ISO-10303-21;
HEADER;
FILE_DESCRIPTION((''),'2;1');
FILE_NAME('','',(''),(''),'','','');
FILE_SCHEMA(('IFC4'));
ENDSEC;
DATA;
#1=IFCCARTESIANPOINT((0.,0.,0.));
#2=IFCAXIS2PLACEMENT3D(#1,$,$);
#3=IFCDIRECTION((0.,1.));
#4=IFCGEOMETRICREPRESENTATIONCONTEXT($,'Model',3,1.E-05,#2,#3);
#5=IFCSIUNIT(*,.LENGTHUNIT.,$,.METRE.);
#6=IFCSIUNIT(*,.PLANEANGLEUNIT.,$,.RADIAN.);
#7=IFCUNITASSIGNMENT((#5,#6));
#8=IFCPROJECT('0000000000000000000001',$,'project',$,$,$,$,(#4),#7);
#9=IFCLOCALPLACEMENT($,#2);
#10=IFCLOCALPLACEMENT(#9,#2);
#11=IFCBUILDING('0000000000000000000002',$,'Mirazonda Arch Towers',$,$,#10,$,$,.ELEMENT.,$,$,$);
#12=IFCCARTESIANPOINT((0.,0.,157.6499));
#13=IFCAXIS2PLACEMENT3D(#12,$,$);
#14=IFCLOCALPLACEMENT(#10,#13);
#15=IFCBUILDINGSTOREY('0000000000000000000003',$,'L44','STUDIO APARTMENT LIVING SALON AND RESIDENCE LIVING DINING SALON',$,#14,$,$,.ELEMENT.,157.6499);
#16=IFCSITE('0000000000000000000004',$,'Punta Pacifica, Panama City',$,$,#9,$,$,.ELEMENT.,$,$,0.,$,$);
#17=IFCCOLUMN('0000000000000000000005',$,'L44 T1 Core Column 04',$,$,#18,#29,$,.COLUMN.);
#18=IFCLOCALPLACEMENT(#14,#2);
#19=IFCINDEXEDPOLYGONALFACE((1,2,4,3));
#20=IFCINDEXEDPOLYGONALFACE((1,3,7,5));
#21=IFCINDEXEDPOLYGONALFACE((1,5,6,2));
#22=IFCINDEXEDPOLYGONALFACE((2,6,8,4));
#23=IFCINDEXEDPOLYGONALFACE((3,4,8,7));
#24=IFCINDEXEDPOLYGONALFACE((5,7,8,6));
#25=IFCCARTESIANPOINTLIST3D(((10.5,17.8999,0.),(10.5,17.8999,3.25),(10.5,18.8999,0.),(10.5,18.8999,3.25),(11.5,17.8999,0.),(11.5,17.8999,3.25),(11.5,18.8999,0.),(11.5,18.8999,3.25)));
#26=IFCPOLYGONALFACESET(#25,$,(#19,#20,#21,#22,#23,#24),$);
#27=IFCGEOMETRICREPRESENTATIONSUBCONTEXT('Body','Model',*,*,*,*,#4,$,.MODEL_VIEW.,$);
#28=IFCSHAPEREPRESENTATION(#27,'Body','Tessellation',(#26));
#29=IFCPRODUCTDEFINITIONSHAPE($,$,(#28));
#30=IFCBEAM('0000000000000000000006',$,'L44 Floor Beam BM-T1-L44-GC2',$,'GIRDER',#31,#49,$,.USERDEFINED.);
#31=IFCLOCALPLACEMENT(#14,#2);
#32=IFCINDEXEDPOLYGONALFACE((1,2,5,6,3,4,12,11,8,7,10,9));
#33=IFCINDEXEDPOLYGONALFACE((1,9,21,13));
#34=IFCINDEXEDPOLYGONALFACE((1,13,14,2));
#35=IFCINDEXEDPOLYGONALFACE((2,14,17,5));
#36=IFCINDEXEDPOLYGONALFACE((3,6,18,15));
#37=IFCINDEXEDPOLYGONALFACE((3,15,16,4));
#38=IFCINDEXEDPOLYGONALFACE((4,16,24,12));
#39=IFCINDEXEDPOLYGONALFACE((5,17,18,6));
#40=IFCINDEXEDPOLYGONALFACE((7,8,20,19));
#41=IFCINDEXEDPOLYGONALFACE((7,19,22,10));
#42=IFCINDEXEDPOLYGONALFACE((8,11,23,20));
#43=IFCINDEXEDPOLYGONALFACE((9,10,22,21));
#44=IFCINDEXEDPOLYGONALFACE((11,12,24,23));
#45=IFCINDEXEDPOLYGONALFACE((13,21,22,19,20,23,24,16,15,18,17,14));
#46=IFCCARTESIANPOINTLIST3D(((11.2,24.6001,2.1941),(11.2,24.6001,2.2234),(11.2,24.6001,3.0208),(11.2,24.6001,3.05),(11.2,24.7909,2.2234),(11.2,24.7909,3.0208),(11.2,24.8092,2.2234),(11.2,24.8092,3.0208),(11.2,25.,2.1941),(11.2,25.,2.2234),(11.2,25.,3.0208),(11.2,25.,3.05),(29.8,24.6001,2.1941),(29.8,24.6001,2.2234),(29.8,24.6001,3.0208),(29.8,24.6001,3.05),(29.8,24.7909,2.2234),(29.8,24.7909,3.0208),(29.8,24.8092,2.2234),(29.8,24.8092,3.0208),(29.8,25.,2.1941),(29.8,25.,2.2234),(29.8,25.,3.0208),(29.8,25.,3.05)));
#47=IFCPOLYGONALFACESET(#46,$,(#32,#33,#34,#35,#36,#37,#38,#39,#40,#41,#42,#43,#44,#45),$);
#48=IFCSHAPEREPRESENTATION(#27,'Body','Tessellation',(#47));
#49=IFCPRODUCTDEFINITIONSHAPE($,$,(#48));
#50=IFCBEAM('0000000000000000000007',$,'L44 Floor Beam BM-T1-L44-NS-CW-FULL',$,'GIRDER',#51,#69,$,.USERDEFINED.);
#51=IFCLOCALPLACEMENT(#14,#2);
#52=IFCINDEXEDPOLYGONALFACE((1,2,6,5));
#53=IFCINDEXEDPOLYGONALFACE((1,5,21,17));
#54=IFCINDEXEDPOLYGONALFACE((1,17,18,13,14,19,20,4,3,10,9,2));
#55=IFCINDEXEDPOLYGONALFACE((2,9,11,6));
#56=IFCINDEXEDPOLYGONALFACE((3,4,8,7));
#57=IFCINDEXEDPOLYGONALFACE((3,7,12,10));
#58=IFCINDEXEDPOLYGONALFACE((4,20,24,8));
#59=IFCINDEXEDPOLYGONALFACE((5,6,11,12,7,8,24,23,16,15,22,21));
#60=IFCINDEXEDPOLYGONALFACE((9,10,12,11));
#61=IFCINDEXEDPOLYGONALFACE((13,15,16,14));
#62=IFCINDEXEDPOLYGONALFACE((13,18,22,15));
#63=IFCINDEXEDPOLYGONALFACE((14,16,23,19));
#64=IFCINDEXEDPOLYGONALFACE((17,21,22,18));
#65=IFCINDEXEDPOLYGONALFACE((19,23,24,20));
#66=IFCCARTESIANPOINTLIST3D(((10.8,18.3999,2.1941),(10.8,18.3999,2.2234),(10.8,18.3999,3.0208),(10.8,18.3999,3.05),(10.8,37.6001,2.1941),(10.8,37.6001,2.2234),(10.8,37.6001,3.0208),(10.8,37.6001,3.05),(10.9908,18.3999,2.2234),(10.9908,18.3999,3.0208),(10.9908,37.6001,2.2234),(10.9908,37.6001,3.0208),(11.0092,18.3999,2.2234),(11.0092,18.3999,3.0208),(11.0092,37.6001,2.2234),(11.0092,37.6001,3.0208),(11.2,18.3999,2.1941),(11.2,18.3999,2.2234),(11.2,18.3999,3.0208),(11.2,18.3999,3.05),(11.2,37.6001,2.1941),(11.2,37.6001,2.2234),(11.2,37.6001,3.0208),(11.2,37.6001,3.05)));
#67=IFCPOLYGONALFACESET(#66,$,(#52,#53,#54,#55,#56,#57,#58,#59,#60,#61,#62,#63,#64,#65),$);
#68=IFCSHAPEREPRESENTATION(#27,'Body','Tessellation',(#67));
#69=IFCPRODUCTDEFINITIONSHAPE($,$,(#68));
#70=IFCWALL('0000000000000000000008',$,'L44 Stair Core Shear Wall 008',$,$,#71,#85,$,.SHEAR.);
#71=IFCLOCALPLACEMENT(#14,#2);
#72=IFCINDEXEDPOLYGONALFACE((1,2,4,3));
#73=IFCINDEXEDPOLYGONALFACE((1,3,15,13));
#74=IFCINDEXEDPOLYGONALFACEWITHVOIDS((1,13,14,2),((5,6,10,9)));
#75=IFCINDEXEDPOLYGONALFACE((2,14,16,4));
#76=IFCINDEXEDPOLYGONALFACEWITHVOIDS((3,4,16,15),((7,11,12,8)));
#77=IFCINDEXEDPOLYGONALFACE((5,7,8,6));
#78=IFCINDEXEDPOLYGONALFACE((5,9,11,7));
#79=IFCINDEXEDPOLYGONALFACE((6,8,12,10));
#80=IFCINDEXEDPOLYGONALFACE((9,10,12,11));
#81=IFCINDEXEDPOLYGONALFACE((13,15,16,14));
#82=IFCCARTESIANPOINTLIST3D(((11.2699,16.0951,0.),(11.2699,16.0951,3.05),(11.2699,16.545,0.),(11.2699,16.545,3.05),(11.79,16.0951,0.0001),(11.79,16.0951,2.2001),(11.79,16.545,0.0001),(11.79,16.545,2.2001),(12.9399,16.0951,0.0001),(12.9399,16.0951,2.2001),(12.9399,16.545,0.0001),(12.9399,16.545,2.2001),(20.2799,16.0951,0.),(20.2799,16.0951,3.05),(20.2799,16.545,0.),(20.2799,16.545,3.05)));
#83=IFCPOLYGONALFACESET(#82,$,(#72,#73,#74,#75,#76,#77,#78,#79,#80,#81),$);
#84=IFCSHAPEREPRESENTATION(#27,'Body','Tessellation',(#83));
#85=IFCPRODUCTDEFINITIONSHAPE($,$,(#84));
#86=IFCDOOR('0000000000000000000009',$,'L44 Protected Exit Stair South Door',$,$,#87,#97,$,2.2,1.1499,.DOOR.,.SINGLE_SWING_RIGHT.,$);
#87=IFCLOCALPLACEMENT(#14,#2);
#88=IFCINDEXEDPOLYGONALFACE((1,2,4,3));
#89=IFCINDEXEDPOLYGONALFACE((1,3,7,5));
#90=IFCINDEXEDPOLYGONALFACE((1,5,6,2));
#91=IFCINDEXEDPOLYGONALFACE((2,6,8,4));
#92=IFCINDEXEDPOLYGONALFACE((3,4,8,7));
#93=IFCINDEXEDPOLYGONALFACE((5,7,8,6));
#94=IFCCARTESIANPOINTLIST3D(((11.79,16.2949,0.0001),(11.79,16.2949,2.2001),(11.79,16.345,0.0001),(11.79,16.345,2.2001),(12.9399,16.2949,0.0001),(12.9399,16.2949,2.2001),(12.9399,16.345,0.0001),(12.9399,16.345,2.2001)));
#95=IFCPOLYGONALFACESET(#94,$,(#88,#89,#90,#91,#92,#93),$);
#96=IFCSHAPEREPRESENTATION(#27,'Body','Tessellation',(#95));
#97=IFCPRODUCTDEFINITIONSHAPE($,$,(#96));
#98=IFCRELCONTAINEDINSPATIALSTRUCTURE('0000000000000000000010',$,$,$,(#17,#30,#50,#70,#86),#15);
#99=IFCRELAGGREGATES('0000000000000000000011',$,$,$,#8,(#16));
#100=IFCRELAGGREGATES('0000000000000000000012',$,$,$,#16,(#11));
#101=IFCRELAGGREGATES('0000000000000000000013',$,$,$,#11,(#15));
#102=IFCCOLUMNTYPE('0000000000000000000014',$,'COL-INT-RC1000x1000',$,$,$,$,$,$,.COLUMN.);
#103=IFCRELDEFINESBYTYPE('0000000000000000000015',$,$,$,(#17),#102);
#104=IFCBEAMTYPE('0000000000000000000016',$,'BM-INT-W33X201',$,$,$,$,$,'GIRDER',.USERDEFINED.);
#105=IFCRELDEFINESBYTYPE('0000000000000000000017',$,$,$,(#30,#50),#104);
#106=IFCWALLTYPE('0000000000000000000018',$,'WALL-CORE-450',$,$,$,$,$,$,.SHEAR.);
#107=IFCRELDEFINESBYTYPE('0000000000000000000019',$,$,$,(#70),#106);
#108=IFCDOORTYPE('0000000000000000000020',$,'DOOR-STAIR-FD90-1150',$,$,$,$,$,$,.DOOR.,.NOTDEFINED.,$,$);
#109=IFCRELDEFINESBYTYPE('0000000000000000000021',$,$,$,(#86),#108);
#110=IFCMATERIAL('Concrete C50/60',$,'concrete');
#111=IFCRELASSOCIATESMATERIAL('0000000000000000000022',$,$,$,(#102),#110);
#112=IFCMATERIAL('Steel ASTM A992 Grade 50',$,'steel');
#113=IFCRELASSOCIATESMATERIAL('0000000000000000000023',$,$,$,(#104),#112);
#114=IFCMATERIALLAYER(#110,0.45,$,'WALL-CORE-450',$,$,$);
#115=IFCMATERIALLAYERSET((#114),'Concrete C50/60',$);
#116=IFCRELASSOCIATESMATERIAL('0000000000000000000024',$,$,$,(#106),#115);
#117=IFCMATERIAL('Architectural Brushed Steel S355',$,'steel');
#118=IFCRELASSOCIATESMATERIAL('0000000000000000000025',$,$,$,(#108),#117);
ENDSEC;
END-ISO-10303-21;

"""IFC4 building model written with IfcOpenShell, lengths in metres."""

from ifc_helpers import new_model, si_unit, direction, frame, frame_2d, origin, origin_2d, place, context, subcontext, project, spatial, rectangle, i_section, extrude, material, layer, layer_set, material_profile, profile_set, type_object, element, fill, save


model = new_model("IFC4")

# Units and contexts
model_context = context("Model", 3, precision=1e-05, world=origin(), true_north=direction((0.0, 1.0)))
body_context = subcontext(model_context, "Body", "Model", "MODEL_VIEW")
ifc_project = project(units=[si_unit("LENGTHUNIT", "METRE"), si_unit("PLANEANGLEUNIT", "RADIAN")], contexts=[model_context])

# Site, building, storey
site_placement = place(None, origin())
site = spatial("IfcSite", under=ifc_project, at=site_placement, Name="Punta Pacifica, Panama City", CompositionType="ELEMENT", RefElevation=0.0)
building_placement = place(site_placement, origin())
building = spatial("IfcBuilding", under=site, at=building_placement, Name="Mirazonda Arch Towers", CompositionType="ELEMENT")
storey_placement = place(building_placement, frame((0.0, 0.0, 157.6499)))
storey = spatial("IfcBuildingStorey", under=building, at=storey_placement, Name="L44", Description="STUDIO APARTMENT LIVING SALON AND RESIDENCE LIVING DINING SALON", CompositionType="ELEMENT", Elevation=157.6499)

# Column
ifc_material_1 = material(Name="Concrete C50/60", Category="concrete")
ifc_material_profile_1 = material_profile(ifc_material_1, rectangle(XDim=1.0, YDim=1.0, at=origin_2d()), Name="RC1000x1000")
ifc_profile_set_1 = profile_set([ifc_material_profile_1], Name="Concrete C50/60")
column_type = type_object("IfcColumnType", Name="COL-INT-RC1000x1000", PredefinedType="COLUMN", material=ifc_profile_set_1)
column_placement = place(storey_placement, frame((11.0, 18.3999, 0.0), z_axis=(0.0, 0.0, 1.0), x_axis=(1.0, 0.0, 0.0)))
element("IfcColumn", 1, at=column_placement, inside=storey, type_object=column_type, Name="L44 T1 Core Column 04", PredefinedType="COLUMN", context=body_context, shape_type="SweptSolid", body=[
    extrude(rectangle(XDim=1.0, YDim=1.0, at=origin_2d()), origin(), (0.0, 0.0, 1.0), 3.25),
])

# Beams
ifc_material_2 = material(Name="Steel ASTM A992 Grade 50", Category="steel")
ifc_material_profile_2 = material_profile(ifc_material_2, i_section(OverallWidth=0.3999, OverallDepth=0.856, WebThickness=0.0183, FlangeThickness=0.0293, at=origin_2d()), Name="W33X201")
ifc_profile_set_2 = profile_set([ifc_material_profile_2], Name="Steel ASTM A992 Grade 50")
beam_type = type_object("IfcBeamType", Name="BM-INT-W33X201", ElementType="GIRDER", PredefinedType="USERDEFINED", material=ifc_profile_set_2)
beam_1_placement = place(storey_placement, frame((11.2, 24.8, 2.6221), z_axis=(1.0, 0.0, 0.0), x_axis=(0.0, 1.0, 0.0)))
element("IfcBeam", 2, at=beam_1_placement, inside=storey, type_object=beam_type, Name="L44 Floor Beam BM-T1-L44-GC2", ObjectType="GIRDER", PredefinedType="USERDEFINED", context=body_context, shape_type="SweptSolid", body=[
    extrude(i_section(OverallWidth=0.3999, OverallDepth=0.856, WebThickness=0.0183, FlangeThickness=0.0293, at=origin_2d()), origin(), (0.0, 0.0, 1.0), 18.6001),
])
beam_2_placement = place(storey_placement, frame((11.0, 18.3999, 2.6221), z_axis=(0.0, 1.0, 0.0), x_axis=(-1.0, 0.0, 0.0)))
element("IfcBeam", 3, at=beam_2_placement, inside=storey, type_object=beam_type, Name="L44 Floor Beam BM-T1-L44-NS-CW-FULL", ObjectType="GIRDER", PredefinedType="USERDEFINED", context=body_context, shape_type="SweptSolid", body=[
    extrude(i_section(OverallWidth=0.3999, OverallDepth=0.856, WebThickness=0.0183, FlangeThickness=0.0293, at=origin_2d()), origin(), (0.0, 0.0, 1.0), 19.2002),
])

# Wall, opening, door
ifc_layer_1 = layer(ifc_material_1, 0.45, Name="WALL-CORE-450")
ifc_layer_set_1 = layer_set([ifc_layer_1], Name="Concrete C50/60")
wall_type_1 = type_object("IfcWallType", Name="WALL-CORE-450", PredefinedType="SHEAR", material=ifc_layer_set_1)
wall_1_placement = place(storey_placement, frame((11.27, 16.3201, 0.0), z_axis=(0.0, 0.0, 1.0), x_axis=(1.0, 0.0, 0.0)))
wall_1 = element("IfcWall", 4, at=wall_1_placement, inside=storey, type_object=wall_type_1, Name="L44 Stair Core Shear Wall 008", PredefinedType="SHEAR", context=body_context, shape_type="SweptSolid", body=[
    extrude(rectangle(XDim=9.01, YDim=0.45, at=frame_2d((4.5049, 0.0))), origin(), (0.0, 0.0, 1.0), 3.05),
])
opening_1_placement = place(wall_1_placement, frame((0.52, 0.0, 0.0)))
opening_1 = element("IfcOpeningElement", 5, at=opening_1_placement, cuts=wall_1, PredefinedType="OPENING", context=body_context, shape_type="SweptSolid", body=[
    extrude(rectangle(XDim=1.1499, YDim=2.2, at=frame_2d((0.575, 1.1001))), frame((0.0, 0.2349, 0.0), z_axis=(0.0, -1.0, 0.0), x_axis=(1.0, 0.0, 0.0)), (0.0, 0.0, 1.0), 0.47),
])
ifc_material_3 = material(Name="Architectural Brushed Steel S355", Category="steel")
door_type_1 = type_object("IfcDoorType", Name="DOOR-STAIR-FD90-1150", OperationType="NOTDEFINED", PredefinedType="DOOR", material=ifc_material_3)
door_1_placement = place(opening_1_placement, origin())
door_1 = element("IfcDoor", 6, at=door_1_placement, inside=storey, type_object=door_type_1, Name="L44 Protected Exit Stair South Door", OperationType="SINGLE_SWING_RIGHT", OverallHeight=2.2, OverallWidth=1.1499, PredefinedType="DOOR", context=body_context, shape_type="SweptSolid", body=[
    extrude(rectangle(XDim=1.1499, YDim=2.2, at=frame_2d((0.575, 1.1001))), frame((0.0, 0.0249, 0.0), z_axis=(0.0, -1.0, 0.0), x_axis=(1.0, 0.0, 0.0)), (0.0, 0.0, 1.0), 0.05),
])
fill(opening_1, door_1)

save(model, "model.ifc")
